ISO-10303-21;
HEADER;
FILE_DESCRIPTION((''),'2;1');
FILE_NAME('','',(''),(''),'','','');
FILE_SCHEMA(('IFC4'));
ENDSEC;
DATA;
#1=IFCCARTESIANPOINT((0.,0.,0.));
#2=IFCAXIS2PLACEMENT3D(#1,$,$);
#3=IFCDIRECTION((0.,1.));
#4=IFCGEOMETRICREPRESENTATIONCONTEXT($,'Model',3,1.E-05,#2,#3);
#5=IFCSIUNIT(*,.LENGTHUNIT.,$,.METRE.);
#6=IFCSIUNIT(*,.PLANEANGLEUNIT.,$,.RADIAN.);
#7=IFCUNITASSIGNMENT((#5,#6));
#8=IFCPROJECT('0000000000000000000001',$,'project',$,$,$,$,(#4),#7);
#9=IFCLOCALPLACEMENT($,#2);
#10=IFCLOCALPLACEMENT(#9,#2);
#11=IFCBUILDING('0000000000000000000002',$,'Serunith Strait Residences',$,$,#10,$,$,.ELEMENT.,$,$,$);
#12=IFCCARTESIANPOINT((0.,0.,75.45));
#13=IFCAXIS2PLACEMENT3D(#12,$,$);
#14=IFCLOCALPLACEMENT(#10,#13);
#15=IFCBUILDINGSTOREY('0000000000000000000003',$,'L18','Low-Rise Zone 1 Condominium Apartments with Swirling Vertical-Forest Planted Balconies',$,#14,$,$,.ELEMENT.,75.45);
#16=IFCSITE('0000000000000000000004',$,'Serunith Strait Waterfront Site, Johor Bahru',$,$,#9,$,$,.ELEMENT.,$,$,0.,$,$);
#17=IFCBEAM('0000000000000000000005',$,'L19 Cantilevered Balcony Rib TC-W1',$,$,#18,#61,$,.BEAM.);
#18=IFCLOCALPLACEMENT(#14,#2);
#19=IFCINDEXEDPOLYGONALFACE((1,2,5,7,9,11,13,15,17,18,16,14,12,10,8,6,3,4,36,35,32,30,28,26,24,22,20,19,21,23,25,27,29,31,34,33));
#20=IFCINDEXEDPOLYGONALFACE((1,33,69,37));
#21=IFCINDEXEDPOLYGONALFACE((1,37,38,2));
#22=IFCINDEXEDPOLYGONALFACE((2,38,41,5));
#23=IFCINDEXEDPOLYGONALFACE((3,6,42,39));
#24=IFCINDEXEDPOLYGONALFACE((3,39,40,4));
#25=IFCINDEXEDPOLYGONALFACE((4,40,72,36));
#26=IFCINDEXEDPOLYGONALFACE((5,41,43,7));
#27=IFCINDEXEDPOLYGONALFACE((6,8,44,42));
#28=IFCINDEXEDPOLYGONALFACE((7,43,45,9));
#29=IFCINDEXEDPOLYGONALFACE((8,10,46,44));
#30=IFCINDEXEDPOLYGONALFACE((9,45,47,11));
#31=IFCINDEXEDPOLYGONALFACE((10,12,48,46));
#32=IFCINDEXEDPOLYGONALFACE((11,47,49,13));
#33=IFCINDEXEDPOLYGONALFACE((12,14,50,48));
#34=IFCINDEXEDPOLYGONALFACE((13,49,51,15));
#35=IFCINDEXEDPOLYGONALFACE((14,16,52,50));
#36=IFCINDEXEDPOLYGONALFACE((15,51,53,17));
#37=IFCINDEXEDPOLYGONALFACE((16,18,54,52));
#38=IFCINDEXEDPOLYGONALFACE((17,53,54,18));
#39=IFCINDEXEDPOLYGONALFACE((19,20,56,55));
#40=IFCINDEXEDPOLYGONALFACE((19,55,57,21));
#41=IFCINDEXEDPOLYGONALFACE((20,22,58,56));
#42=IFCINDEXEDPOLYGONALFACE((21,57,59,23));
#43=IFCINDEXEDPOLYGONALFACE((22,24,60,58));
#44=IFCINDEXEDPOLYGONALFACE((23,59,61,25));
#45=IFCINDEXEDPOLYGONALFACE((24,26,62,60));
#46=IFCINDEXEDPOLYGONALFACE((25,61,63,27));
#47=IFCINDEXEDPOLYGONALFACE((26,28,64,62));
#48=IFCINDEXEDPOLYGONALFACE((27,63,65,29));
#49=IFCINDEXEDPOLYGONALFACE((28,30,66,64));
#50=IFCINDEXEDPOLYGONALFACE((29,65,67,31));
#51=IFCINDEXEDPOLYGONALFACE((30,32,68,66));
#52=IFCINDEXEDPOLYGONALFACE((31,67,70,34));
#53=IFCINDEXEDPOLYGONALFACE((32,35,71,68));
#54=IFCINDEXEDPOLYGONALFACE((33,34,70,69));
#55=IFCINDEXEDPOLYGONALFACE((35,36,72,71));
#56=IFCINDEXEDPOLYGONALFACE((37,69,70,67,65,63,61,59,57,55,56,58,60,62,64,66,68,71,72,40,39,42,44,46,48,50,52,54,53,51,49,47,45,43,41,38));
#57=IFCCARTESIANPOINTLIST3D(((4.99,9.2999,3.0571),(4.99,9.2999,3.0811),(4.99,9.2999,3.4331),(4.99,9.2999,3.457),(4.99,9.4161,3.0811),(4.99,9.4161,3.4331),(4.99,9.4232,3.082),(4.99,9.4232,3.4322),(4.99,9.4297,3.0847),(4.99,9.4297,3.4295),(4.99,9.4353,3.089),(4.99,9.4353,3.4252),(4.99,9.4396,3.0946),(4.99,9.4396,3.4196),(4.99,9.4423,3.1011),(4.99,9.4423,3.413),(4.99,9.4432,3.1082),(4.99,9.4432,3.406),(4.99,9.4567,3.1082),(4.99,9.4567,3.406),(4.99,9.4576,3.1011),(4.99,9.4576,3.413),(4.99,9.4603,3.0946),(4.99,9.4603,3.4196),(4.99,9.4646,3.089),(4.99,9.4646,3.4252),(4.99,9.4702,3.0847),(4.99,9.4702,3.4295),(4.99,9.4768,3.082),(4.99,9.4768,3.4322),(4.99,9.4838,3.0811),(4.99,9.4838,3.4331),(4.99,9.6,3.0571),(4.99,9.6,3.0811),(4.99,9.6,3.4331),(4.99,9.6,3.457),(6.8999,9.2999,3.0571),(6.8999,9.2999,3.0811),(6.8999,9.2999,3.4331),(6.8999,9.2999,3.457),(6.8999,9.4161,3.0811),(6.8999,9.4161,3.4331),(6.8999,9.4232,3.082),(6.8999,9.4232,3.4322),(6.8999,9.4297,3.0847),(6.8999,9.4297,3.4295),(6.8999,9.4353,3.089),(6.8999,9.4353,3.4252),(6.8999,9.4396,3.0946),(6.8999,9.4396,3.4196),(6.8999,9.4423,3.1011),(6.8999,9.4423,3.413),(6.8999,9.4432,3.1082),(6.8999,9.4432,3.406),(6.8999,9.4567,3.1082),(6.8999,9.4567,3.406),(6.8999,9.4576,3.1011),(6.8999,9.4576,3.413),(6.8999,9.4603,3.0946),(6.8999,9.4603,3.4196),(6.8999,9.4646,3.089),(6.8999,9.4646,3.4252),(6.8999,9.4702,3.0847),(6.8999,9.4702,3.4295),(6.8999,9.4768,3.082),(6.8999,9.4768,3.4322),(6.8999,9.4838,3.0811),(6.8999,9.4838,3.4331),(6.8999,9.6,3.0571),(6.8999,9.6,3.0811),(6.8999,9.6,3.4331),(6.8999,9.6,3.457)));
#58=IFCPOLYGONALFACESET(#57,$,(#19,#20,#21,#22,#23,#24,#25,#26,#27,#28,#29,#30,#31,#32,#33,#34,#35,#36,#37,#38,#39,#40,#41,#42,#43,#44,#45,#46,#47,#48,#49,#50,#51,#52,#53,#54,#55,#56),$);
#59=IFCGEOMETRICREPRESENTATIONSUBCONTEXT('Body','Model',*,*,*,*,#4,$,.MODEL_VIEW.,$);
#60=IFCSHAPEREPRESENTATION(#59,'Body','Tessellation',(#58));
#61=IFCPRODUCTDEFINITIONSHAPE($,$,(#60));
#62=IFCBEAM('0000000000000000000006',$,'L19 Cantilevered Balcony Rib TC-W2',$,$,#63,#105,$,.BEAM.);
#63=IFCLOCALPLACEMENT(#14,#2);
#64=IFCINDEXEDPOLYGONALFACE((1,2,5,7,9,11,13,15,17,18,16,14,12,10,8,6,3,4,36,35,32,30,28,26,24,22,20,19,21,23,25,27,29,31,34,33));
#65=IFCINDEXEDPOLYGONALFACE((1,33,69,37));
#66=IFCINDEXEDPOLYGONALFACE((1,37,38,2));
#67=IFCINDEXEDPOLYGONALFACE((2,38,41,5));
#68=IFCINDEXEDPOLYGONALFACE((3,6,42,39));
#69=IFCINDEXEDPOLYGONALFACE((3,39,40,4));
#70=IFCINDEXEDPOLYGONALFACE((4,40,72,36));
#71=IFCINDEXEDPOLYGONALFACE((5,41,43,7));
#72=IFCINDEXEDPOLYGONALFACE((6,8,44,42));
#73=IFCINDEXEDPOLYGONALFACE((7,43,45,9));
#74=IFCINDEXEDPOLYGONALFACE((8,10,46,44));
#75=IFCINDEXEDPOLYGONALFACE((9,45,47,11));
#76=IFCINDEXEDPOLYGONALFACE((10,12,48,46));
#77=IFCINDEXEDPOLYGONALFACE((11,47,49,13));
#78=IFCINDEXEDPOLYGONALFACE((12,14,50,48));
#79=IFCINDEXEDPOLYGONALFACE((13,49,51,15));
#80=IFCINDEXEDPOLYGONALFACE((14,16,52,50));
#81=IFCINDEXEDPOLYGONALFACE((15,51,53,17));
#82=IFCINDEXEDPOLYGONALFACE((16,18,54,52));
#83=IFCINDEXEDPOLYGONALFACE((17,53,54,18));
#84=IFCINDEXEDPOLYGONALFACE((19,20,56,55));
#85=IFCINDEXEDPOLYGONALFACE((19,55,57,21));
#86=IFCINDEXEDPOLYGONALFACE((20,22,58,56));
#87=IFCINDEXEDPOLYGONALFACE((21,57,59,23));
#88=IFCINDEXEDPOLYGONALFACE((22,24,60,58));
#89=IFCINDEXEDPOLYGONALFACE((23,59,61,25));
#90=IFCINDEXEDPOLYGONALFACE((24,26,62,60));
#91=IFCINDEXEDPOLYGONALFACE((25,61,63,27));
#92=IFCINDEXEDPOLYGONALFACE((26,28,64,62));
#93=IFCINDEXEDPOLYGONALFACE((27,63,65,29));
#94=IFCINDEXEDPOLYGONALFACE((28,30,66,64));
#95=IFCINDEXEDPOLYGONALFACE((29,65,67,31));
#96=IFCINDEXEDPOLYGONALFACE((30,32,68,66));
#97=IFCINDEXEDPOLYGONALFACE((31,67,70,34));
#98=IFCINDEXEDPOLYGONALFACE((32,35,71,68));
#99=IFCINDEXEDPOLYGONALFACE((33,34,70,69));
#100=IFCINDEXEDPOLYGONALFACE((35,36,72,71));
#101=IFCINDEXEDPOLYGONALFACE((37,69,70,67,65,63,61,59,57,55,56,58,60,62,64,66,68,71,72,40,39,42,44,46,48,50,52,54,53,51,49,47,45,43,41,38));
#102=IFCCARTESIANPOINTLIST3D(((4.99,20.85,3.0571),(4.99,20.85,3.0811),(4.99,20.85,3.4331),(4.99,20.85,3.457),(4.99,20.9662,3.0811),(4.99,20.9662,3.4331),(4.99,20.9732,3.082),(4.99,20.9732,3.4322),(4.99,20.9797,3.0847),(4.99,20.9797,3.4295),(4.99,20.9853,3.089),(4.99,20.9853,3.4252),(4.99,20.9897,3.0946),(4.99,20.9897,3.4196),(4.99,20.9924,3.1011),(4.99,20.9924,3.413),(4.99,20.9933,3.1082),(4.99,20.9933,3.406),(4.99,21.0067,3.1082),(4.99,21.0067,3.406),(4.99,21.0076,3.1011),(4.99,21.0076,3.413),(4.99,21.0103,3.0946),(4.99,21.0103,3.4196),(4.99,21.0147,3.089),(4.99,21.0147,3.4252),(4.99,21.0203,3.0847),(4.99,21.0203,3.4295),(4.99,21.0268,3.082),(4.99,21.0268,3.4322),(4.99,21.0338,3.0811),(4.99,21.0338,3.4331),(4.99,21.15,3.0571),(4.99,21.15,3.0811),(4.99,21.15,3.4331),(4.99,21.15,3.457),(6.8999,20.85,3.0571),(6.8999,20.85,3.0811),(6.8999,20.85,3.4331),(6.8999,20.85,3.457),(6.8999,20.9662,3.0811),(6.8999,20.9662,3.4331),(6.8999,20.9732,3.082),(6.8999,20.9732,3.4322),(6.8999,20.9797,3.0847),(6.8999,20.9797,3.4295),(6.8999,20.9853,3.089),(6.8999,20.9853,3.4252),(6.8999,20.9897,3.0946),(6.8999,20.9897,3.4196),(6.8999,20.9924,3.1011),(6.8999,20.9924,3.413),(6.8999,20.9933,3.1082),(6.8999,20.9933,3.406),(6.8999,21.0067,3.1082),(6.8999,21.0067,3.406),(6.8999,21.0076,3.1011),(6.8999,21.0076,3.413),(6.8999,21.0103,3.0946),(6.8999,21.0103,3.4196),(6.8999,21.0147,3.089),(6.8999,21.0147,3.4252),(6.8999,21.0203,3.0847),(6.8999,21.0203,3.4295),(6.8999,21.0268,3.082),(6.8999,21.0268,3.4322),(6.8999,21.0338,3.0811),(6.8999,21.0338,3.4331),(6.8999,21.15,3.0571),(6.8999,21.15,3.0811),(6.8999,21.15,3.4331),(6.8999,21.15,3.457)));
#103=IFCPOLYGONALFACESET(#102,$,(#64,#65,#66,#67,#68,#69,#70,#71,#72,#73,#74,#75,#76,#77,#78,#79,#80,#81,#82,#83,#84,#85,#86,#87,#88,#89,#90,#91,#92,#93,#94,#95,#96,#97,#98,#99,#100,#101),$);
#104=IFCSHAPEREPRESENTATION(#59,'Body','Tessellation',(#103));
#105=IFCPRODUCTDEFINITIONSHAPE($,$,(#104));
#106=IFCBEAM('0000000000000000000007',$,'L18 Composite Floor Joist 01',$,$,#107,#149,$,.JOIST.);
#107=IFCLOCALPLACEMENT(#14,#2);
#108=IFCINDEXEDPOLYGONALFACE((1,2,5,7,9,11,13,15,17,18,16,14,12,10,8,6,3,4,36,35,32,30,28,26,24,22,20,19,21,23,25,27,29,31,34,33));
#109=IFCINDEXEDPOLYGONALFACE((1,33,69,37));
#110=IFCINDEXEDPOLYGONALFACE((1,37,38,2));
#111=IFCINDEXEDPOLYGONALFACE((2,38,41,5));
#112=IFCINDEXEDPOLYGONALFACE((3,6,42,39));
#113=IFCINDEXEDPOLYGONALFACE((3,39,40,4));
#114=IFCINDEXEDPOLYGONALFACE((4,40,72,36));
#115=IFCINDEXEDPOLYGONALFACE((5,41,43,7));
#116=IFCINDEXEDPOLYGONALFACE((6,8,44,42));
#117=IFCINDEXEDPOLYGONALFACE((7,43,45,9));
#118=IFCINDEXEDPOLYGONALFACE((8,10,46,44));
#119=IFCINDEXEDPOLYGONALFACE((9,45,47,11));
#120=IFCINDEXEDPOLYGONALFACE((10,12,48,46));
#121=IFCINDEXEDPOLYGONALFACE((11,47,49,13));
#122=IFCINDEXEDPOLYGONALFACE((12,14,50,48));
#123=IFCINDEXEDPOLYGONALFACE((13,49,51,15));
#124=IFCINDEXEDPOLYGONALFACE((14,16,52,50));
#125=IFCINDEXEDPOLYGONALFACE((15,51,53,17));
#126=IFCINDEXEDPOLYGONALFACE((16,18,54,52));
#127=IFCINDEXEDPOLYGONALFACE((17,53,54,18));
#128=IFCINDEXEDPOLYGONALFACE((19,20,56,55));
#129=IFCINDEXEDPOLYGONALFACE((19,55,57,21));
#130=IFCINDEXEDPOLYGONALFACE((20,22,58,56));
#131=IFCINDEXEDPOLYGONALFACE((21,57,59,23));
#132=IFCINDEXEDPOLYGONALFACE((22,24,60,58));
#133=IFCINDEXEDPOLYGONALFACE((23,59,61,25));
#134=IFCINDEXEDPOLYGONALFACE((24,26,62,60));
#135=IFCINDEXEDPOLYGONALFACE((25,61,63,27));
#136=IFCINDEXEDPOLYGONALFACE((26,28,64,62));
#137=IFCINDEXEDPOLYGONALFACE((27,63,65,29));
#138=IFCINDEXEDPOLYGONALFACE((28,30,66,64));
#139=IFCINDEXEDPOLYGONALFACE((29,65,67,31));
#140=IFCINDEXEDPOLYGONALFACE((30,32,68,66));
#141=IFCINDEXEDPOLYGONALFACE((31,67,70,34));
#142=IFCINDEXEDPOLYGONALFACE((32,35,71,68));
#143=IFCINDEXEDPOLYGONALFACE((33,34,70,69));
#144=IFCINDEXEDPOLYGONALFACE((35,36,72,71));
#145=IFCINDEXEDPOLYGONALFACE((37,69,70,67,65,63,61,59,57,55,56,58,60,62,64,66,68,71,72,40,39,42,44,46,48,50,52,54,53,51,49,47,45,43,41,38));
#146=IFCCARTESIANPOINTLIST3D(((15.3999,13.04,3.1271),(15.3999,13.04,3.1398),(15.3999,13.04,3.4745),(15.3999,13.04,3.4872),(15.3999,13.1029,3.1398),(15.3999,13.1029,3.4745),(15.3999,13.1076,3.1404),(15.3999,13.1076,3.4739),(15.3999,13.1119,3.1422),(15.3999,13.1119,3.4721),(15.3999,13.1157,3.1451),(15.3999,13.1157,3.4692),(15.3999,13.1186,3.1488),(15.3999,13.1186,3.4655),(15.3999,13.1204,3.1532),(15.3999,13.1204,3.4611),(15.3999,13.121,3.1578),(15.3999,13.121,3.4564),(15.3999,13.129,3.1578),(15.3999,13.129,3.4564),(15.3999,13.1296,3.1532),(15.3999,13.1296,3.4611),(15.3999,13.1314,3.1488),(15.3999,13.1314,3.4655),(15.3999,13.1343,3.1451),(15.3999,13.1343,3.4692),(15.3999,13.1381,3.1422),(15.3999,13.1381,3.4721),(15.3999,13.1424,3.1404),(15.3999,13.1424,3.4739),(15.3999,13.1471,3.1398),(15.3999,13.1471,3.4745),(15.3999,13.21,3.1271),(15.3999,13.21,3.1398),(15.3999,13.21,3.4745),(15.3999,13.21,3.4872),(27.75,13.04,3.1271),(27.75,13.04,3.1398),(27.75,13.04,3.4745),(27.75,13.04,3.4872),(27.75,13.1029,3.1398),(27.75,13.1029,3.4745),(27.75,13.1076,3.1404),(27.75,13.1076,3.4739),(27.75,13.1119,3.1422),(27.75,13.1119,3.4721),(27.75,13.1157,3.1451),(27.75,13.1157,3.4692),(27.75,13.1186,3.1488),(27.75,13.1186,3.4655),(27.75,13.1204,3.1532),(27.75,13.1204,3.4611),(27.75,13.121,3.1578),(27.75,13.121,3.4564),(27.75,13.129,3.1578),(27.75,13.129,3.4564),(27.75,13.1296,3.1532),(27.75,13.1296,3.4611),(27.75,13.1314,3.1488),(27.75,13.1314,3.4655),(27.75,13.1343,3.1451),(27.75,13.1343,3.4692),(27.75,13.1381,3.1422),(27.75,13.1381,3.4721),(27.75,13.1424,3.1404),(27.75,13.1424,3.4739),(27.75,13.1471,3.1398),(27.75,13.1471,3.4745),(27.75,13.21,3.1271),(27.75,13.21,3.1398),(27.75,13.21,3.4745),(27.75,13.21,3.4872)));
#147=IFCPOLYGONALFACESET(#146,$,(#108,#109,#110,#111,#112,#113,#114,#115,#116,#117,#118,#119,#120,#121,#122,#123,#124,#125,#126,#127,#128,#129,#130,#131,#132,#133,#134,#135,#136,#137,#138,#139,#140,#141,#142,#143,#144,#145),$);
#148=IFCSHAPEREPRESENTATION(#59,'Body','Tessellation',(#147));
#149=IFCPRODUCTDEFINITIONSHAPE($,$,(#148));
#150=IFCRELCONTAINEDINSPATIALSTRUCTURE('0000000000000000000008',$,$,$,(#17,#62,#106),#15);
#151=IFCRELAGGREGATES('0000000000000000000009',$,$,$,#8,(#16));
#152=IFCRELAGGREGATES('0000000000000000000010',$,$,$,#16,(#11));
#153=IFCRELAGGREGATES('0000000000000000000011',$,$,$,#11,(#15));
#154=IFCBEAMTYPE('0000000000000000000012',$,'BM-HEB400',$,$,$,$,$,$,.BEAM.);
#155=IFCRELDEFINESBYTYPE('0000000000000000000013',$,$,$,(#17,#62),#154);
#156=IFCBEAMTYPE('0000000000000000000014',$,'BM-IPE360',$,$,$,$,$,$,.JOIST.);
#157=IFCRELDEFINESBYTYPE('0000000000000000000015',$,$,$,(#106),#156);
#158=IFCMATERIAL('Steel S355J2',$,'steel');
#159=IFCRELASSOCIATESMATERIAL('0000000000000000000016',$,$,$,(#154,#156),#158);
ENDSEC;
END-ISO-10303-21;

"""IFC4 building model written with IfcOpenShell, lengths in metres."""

from ifc_helpers import new_model, si_unit, direction, frame, origin, origin_2d, place, context, subcontext, project, spatial, i_section, extrude, source, transform, mapped, material, material_profile, profile_set, type_object, element, save


model = new_model("IFC4")

# Units and contexts
model_context = context("Model", 3, precision=1e-05, world=origin(), true_north=direction((0.0, 1.0)))
body_context = subcontext(model_context, "Body", "Model", "MODEL_VIEW")
ifc_project = project(units=[si_unit("LENGTHUNIT", "METRE"), si_unit("PLANEANGLEUNIT", "RADIAN")], contexts=[model_context])

# Site, building, storey
site_placement = place(None, origin())
site = spatial("IfcSite", under=ifc_project, at=site_placement, Name="Serunith Strait Waterfront Site, Johor Bahru", CompositionType="ELEMENT", RefElevation=0.0)
building_placement = place(site_placement, origin())
building = spatial("IfcBuilding", under=site, at=building_placement, Name="Serunith Strait Residences", CompositionType="ELEMENT")
storey_placement = place(building_placement, frame((0.0, 0.0, 75.45)))
storey = spatial("IfcBuildingStorey", under=building, at=storey_placement, Name="L18", Description="Low-Rise Zone 1 Condominium Apartments with Swirling Vertical-Forest Planted Balconies", CompositionType="ELEMENT", Elevation=75.45)

# Beams
ifc_material_1 = material(Name="Steel S355J2", Category="steel")
ifc_material_profile_1 = material_profile(ifc_material_1, i_section(OverallWidth=0.3, OverallDepth=0.3999, WebThickness=0.0134, FlangeThickness=0.0239, FilletRadius=0.0271, at=origin_2d()), Name="HEB 400")
ifc_profile_set_1 = profile_set([ifc_material_profile_1], Name="Steel S355J2")
beam_type_1 = type_object("IfcBeamType", Name="BM-HEB400", PredefinedType="BEAM", material=ifc_profile_set_1)
shared_shape_1 = source(origin(), body_context, "Body", "SweptSolid", [
    extrude(i_section(OverallWidth=0.3, OverallDepth=0.3999, WebThickness=0.0134, FlangeThickness=0.0239, FilletRadius=0.0271, at=origin_2d()), origin(), (0.0, 0.0, 1.0), 1.9099),
])
for number, where, z_axis, x_axis, name in (
    (1, (6.8999, 9.45, 3.2571), (-1.0, 0.0, 0.0), (0.0, -1.0, 0.0), "L19 Cantilevered Balcony Rib TC-W1"),
    (2, (6.8999, 21.0, 3.2571), (-1.0, 0.0, 0.0), (0.0, -1.0, 0.0), "L19 Cantilevered Balcony Rib TC-W2"),
):
    element("IfcBeam", number, at=place(storey_placement, frame(where, z_axis=z_axis, x_axis=x_axis)), inside=storey, type_object=beam_type_1, Name=name, PredefinedType="BEAM", context=body_context, shape_type="MappedRepresentation", body=[
        mapped(shared_shape_1, transform((0.0, 0.0, 0.0), scale=1.0)),
    ])
ifc_material_profile_2 = material_profile(ifc_material_1, i_section(OverallWidth=0.1699, OverallDepth=0.3601, WebThickness=0.0081, FlangeThickness=0.0127, FilletRadius=0.0181, at=origin_2d()), Name="IPE 360")
ifc_profile_set_2 = profile_set([ifc_material_profile_2], Name="Steel S355J2")
beam_type_2 = type_object("IfcBeamType", Name="BM-IPE360", PredefinedType="JOIST", material=ifc_profile_set_2)
shared_shape_2 = source(origin(), body_context, "Body", "SweptSolid", [
    extrude(i_section(OverallWidth=0.1699, OverallDepth=0.3601, WebThickness=0.0081, FlangeThickness=0.0127, FilletRadius=0.0181, at=origin_2d()), origin(), (0.0, 0.0, 1.0), 12.3501),
])
beam_1_placement = place(storey_placement, frame((15.3999, 13.125, 3.3071), z_axis=(1.0, 0.0, 0.0), x_axis=(0.0, 1.0, 0.0)))
element("IfcBeam", 3, at=beam_1_placement, inside=storey, type_object=beam_type_2, Name="L18 Composite Floor Joist 01", PredefinedType="JOIST", context=body_context, shape_type="MappedRepresentation", body=[
    mapped(shared_shape_2, transform((0.0, 0.0, 0.0), scale=1.0)),
])

save(model, "model.ifc")
